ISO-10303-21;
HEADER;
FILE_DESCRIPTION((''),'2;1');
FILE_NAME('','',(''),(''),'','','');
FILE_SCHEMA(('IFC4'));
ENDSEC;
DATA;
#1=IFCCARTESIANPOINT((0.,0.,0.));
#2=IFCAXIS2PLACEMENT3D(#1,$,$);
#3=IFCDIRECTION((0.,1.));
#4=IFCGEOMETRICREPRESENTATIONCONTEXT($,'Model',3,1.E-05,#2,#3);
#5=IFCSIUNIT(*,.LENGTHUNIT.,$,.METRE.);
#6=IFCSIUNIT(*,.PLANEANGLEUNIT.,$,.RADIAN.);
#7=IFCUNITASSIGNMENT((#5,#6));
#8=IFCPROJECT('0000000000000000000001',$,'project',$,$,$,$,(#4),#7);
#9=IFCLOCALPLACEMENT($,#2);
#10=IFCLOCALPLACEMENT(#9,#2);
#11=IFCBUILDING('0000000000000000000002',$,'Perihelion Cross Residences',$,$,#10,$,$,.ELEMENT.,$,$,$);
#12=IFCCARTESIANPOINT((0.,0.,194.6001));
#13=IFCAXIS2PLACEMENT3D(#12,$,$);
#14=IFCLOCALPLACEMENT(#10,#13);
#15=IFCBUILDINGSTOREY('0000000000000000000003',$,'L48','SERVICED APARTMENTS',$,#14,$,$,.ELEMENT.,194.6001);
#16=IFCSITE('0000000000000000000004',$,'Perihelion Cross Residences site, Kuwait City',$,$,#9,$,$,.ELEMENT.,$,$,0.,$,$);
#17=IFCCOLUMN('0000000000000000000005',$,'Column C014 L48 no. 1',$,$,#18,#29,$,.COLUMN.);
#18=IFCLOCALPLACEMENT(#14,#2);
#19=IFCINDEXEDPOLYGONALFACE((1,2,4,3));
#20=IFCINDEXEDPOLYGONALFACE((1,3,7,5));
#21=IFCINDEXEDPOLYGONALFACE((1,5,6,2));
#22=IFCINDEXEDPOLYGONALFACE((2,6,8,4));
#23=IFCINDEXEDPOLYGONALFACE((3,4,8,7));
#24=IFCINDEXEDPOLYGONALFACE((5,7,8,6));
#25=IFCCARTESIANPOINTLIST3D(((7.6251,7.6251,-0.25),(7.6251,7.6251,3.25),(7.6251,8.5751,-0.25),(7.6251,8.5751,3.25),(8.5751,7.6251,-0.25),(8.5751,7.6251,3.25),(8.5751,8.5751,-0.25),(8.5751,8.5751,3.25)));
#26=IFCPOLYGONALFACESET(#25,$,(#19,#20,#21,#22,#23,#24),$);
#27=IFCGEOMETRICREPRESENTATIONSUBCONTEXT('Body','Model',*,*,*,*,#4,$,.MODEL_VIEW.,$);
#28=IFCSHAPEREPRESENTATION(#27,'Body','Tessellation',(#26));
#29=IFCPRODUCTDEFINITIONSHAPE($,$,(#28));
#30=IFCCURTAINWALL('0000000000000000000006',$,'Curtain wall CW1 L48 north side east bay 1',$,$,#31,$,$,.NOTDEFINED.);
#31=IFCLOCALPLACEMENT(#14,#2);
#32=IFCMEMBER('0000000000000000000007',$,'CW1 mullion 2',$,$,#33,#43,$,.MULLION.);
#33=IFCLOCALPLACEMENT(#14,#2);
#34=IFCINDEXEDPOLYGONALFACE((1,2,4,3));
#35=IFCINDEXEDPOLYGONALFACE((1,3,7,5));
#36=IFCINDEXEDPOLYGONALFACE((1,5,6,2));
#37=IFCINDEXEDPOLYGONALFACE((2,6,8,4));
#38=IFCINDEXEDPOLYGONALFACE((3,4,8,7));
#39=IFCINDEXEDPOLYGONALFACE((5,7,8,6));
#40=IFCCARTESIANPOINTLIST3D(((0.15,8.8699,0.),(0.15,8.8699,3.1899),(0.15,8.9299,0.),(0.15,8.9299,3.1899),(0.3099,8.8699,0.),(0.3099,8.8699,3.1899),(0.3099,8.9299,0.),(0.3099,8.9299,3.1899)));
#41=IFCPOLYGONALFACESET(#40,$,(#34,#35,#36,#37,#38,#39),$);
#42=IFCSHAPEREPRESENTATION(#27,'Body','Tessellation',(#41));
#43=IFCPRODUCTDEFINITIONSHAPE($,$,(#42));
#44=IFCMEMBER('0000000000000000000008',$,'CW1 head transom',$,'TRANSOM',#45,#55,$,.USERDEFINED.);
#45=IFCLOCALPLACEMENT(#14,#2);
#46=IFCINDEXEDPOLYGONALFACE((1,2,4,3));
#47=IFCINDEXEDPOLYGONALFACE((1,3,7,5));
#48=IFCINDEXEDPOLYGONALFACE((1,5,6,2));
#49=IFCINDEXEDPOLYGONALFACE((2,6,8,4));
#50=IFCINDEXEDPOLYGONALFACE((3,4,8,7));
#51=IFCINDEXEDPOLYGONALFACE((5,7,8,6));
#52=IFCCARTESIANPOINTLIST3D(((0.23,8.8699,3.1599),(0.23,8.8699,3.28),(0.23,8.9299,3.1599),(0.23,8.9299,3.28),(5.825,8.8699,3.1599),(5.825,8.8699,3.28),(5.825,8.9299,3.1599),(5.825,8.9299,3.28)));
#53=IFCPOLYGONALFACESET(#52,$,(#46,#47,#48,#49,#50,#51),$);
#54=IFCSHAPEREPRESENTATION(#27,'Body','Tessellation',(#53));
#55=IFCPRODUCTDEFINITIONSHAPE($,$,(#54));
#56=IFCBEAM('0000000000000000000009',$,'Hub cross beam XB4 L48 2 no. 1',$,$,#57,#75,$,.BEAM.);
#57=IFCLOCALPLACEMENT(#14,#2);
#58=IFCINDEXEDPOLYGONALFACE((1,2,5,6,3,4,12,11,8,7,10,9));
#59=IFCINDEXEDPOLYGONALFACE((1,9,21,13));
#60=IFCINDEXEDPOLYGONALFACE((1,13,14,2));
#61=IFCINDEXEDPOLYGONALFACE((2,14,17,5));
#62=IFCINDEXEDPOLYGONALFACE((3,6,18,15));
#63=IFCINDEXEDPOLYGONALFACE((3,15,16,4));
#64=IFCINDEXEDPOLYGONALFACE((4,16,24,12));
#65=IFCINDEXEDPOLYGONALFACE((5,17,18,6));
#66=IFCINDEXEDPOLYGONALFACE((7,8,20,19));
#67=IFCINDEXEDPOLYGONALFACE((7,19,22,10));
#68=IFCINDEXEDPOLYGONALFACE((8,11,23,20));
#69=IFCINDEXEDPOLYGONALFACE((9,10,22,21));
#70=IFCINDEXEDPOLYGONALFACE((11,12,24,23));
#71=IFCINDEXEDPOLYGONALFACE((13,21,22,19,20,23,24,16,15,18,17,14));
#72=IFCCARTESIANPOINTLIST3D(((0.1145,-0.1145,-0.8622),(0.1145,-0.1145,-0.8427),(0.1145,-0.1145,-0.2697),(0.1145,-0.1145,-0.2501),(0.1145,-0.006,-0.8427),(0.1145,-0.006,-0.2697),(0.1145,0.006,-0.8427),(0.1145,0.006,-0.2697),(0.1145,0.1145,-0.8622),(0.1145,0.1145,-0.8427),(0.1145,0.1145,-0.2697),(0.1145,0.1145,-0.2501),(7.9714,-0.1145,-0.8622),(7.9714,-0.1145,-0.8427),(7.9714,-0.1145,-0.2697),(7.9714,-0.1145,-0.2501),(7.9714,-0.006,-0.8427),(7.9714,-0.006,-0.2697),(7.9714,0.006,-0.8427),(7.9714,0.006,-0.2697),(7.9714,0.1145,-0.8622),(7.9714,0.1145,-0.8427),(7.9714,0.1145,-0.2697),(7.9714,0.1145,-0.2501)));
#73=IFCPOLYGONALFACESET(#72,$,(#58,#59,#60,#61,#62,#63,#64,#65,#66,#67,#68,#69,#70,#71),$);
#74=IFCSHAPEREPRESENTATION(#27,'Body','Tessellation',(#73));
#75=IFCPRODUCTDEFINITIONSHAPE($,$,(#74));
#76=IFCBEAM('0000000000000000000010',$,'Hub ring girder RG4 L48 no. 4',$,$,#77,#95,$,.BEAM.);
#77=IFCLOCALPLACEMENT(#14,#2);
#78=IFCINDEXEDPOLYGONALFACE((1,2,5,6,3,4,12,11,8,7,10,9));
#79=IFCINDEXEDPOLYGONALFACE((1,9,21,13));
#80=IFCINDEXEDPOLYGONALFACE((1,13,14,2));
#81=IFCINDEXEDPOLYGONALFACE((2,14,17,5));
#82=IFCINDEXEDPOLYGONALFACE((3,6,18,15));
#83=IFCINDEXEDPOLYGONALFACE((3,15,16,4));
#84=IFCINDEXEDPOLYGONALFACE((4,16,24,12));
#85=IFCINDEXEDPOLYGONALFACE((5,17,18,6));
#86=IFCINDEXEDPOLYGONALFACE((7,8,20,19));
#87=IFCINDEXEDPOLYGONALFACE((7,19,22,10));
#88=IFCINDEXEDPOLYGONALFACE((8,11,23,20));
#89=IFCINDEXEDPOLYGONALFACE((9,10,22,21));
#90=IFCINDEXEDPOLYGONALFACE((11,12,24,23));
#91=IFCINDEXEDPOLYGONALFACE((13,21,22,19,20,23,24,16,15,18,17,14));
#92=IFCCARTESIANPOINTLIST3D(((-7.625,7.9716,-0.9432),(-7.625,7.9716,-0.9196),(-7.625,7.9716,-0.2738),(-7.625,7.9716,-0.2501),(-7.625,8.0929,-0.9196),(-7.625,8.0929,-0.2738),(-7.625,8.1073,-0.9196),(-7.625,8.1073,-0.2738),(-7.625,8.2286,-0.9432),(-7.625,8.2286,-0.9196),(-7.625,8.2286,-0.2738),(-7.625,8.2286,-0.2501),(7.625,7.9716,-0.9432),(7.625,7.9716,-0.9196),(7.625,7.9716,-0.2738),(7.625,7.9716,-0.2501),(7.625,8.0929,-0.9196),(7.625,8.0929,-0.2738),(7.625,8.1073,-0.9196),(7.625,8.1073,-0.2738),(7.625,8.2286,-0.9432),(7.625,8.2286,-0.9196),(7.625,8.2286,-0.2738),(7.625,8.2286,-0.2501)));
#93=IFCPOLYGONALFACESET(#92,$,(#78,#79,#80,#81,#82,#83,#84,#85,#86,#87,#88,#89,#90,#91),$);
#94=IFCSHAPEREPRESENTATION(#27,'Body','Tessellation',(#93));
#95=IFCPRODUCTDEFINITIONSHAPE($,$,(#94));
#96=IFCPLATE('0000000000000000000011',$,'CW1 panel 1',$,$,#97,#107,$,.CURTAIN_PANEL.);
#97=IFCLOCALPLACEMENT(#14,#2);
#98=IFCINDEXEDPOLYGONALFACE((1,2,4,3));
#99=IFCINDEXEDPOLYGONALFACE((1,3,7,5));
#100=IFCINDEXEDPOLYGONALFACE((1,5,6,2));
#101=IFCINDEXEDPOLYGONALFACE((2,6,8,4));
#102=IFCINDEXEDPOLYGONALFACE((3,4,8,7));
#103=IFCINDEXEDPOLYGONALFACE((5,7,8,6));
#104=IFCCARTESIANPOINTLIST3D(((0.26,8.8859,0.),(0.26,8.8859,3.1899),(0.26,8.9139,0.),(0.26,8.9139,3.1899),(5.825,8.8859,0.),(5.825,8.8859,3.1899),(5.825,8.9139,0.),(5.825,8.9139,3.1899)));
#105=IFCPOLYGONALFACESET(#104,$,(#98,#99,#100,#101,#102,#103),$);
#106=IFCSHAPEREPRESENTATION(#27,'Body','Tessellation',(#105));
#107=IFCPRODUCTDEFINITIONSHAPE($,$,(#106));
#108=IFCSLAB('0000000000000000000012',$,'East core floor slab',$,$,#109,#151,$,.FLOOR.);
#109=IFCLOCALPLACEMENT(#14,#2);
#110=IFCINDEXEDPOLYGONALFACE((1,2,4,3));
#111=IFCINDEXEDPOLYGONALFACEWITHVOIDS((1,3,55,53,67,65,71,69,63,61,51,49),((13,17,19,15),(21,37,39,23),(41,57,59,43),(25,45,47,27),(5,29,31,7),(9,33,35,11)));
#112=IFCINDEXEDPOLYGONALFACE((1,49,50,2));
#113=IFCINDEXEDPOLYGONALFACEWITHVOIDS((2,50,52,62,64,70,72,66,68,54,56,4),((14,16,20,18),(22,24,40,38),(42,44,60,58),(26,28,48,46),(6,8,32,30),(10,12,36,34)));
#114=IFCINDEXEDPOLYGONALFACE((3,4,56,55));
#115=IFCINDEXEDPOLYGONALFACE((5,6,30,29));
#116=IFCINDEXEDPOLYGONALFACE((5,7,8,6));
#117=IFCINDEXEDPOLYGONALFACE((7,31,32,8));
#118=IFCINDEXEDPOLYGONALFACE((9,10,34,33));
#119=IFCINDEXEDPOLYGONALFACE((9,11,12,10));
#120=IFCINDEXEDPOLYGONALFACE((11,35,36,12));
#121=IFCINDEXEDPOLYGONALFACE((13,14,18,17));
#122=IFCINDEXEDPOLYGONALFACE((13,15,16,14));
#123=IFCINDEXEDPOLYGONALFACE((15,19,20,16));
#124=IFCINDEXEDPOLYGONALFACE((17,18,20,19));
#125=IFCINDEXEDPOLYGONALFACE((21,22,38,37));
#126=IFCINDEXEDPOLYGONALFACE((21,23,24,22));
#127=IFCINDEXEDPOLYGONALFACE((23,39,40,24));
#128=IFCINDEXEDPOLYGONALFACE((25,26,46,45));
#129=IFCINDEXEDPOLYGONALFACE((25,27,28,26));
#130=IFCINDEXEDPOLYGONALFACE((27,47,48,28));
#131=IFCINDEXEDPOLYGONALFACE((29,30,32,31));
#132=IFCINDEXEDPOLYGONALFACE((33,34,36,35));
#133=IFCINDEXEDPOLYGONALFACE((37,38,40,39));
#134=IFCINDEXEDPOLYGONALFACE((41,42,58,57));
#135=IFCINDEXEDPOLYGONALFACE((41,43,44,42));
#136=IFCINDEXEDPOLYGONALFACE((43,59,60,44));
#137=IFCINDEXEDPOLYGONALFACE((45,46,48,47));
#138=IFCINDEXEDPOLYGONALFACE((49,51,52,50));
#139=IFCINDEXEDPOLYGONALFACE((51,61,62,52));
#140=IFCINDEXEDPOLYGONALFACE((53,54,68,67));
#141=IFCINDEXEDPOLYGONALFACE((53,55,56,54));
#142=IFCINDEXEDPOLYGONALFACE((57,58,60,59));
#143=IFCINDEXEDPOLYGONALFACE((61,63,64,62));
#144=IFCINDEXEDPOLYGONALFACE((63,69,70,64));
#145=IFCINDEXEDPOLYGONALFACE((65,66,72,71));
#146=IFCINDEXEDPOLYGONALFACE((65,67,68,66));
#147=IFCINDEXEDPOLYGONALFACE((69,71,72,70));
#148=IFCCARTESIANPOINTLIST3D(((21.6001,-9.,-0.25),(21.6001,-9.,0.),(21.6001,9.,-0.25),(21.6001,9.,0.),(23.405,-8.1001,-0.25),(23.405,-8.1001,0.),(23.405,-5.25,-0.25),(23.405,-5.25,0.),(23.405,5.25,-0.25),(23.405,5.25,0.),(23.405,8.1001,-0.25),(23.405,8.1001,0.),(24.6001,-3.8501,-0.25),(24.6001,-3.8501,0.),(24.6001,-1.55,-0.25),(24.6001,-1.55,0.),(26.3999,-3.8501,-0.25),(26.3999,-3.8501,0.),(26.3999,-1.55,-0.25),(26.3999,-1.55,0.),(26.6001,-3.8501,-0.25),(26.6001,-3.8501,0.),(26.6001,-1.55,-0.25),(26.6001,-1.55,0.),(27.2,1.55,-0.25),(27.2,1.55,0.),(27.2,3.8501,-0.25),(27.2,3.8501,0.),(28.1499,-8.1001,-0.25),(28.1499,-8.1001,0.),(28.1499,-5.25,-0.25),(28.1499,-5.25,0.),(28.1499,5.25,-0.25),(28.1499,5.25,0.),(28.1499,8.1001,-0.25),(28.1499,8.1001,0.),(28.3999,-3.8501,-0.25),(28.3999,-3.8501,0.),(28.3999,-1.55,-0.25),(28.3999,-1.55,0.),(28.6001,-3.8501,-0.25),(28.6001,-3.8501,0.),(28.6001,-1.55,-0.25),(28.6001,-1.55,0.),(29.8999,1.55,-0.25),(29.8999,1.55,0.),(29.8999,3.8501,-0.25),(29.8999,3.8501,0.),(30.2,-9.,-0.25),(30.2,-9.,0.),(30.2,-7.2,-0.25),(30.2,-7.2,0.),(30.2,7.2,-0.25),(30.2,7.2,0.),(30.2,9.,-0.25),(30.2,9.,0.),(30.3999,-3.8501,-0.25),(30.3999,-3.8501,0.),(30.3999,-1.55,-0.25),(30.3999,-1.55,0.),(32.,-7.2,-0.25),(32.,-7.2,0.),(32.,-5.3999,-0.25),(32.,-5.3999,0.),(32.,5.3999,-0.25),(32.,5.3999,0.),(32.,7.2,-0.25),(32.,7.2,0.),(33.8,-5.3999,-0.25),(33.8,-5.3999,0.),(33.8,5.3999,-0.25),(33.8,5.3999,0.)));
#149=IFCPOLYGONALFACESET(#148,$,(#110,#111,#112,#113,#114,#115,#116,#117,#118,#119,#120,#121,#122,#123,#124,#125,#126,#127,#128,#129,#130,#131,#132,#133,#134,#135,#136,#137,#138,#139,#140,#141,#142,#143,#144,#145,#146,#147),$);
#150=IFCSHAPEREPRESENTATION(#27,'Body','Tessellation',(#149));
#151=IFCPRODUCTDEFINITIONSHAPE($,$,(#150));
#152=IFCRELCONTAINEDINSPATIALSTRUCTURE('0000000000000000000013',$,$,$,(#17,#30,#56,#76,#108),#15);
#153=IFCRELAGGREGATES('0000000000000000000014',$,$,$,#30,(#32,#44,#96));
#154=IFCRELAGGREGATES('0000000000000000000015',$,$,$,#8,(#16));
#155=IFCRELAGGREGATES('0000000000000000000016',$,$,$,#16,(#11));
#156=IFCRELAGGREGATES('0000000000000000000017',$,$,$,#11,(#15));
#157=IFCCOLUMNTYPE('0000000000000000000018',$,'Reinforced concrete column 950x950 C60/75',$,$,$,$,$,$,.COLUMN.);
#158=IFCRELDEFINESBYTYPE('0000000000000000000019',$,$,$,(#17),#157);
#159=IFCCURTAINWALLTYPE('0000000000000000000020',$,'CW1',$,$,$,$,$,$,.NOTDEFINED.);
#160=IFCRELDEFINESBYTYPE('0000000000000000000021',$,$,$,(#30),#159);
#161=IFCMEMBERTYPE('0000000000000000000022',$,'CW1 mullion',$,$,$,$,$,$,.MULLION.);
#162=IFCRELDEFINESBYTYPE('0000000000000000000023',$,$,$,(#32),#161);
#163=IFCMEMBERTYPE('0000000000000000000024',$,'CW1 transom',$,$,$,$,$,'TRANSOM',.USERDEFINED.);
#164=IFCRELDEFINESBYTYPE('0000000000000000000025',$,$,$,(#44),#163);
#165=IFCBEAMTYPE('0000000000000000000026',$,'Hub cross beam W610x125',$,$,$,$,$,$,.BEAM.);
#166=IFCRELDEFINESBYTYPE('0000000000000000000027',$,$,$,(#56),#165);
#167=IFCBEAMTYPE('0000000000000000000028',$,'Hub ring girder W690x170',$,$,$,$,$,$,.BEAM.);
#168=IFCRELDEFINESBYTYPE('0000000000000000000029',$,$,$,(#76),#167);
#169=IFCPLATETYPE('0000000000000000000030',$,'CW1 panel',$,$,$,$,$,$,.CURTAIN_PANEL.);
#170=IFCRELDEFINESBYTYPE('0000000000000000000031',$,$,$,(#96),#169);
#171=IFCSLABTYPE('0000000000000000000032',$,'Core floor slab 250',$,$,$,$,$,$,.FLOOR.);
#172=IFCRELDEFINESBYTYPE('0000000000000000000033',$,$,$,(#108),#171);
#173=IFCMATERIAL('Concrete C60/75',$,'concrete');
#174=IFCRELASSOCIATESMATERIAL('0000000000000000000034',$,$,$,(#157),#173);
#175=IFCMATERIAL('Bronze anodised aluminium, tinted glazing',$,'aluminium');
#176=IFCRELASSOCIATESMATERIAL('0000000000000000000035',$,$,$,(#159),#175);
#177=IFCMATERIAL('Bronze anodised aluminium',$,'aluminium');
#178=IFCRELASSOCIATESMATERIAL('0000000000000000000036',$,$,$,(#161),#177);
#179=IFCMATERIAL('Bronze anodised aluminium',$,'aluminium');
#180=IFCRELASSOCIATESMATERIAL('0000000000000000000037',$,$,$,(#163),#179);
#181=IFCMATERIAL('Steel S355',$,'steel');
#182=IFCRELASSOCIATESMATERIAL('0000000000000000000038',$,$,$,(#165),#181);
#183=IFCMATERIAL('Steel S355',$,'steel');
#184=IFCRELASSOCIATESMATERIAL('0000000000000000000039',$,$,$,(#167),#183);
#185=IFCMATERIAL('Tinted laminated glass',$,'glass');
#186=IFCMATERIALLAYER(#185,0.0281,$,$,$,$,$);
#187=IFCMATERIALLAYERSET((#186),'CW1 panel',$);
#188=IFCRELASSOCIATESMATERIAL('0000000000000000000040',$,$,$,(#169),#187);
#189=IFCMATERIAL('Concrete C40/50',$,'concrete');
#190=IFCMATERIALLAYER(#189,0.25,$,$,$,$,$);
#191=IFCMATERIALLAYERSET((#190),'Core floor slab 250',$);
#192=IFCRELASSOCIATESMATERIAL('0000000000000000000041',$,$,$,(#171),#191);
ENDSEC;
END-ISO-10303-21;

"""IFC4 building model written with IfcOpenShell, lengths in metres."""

from ifc_helpers import new_model, si_unit, direction, frame, origin, origin_2d, place, context, subcontext, project, spatial, polyline, rectangle, i_section, outline, extrude, material, layer, layer_set, material_profile, profile_set, type_object, element, aggregate, save


model = new_model("IFC4")

# Units and contexts
model_context = context("Model", 3, precision=1e-05, world=origin(), true_north=direction((0.0, 1.0)))
body_context = subcontext(model_context, "Body", "Model", "MODEL_VIEW")
ifc_project = project(units=[si_unit("LENGTHUNIT", "METRE"), si_unit("PLANEANGLEUNIT", "RADIAN")], contexts=[model_context])

# Site, building, storey
site_placement = place(None, origin())
site = spatial("IfcSite", under=ifc_project, at=site_placement, Name="Perihelion Cross Residences site, Kuwait City", CompositionType="ELEMENT", RefElevation=0.0)
building_placement = place(site_placement, origin())
building = spatial("IfcBuilding", under=site, at=building_placement, Name="Perihelion Cross Residences", CompositionType="ELEMENT")
storey_placement = place(building_placement, frame((0.0, 0.0, 194.6001)))
storey = spatial("IfcBuildingStorey", under=building, at=storey_placement, Name="L48", Description="SERVICED APARTMENTS", CompositionType="ELEMENT", Elevation=194.6001)

# Column
ifc_material_1 = material(Name="Concrete C60/75", Category="concrete")
ifc_material_profile_1 = material_profile(ifc_material_1, rectangle(XDim=0.95, YDim=0.95, at=origin_2d()), Name="RC 950x950")
ifc_profile_set_1 = profile_set([ifc_material_profile_1], Name="Concrete C60/75")
column_type = type_object("IfcColumnType", Name="Reinforced concrete column 950x950 C60/75", PredefinedType="COLUMN", material=ifc_profile_set_1)
column_placement = place(storey_placement, frame((8.1001, 8.1001, -0.25), z_axis=(0.0, 0.0, 1.0), x_axis=(1.0, 0.0, 0.0)))
element("IfcColumn", 1, at=column_placement, inside=storey, type_object=column_type, Name="Column C014 L48 no. 1", PredefinedType="COLUMN", context=body_context, shape_type="SweptSolid", body=[
    extrude(rectangle(XDim=0.95, YDim=0.95, at=origin_2d()), origin(), (0.0, 0.0, 1.0), 3.5),
])

# Curtain wall, members
ifc_material_2 = material(Name="Bronze anodised aluminium, tinted glazing", Category="aluminium")
curtain_wall_type = type_object("IfcCurtainWallType", Name="CW1", PredefinedType="NOTDEFINED", material=ifc_material_2)
curtain_wall_placement = place(storey_placement, origin())
curtain_wall = element("IfcCurtainWall", 2, at=curtain_wall_placement, inside=storey, type_object=curtain_wall_type, Name="Curtain wall CW1 L48 north side east bay 1", PredefinedType="NOTDEFINED")
ifc_material_3 = material(Name="Bronze anodised aluminium", Category="aluminium")
ifc_material_profile_2 = material_profile(ifc_material_3, rectangle(XDim=0.0601, YDim=0.1599, at=origin_2d()), Name="CW1 mullion")
ifc_profile_set_2 = profile_set([ifc_material_profile_2], Name="Bronze anodised aluminium")
member_type_1 = type_object("IfcMemberType", Name="CW1 mullion", PredefinedType="MULLION", material=ifc_profile_set_2)
member_1_placement = place(storey_placement, frame((0.23, 8.8999, 0.0), z_axis=(0.0, 0.0, 1.0), x_axis=(0.0, -1.0, 0.0)))
member_1 = element("IfcMember", 3, at=member_1_placement, type_object=member_type_1, Name="CW1 mullion 2", PredefinedType="MULLION", context=body_context, shape_type="SweptSolid", body=[
    extrude(rectangle(XDim=0.0601, YDim=0.1599, at=origin_2d()), origin(), (0.0, 0.0, 1.0), 3.1899),
])
ifc_material_4 = material(Name="Bronze anodised aluminium", Category="aluminium")
ifc_material_profile_3 = material_profile(ifc_material_4, rectangle(XDim=0.0601, YDim=0.1201, at=origin_2d()), Name="CW1 transom")
ifc_profile_set_3 = profile_set([ifc_material_profile_3], Name="Bronze anodised aluminium")
member_type_2 = type_object("IfcMemberType", Name="CW1 transom", ElementType="TRANSOM", PredefinedType="USERDEFINED", material=ifc_profile_set_3)
member_2_placement = place(storey_placement, frame((5.825, 8.8999, 3.22), z_axis=(-1.0, 0.0, 0.0), x_axis=(0.0, -1.0, 0.0)))
member_2 = element("IfcMember", 4, at=member_2_placement, type_object=member_type_2, Name="CW1 head transom", ObjectType="TRANSOM", PredefinedType="USERDEFINED", context=body_context, shape_type="SweptSolid", body=[
    extrude(rectangle(XDim=0.0601, YDim=0.1201, at=origin_2d()), origin(), (0.0, 0.0, 1.0), 5.595),
])

# Beams
ifc_material_5 = material(Name="Steel S355", Category="steel")
ifc_material_profile_4 = material_profile(ifc_material_5, i_section(OverallWidth=0.229, OverallDepth=0.6121, WebThickness=0.012, FlangeThickness=0.0195, at=origin_2d()), Name="W610x125")
ifc_profile_set_4 = profile_set([ifc_material_profile_4], Name="Steel S355")
beam_type_1 = type_object("IfcBeamType", Name="Hub cross beam W610x125", PredefinedType="BEAM", material=ifc_profile_set_4)
beam_1_placement = place(storey_placement, frame((0.1145, 0.0, -0.5562), z_axis=(1.0, 0.0, 0.0), x_axis=(0.0, 1.0, 0.0)))
element("IfcBeam", 5, at=beam_1_placement, inside=storey, type_object=beam_type_1, Name="Hub cross beam XB4 L48 2 no. 1", PredefinedType="BEAM", context=body_context, shape_type="SweptSolid", body=[
    extrude(i_section(OverallWidth=0.229, OverallDepth=0.6121, WebThickness=0.012, FlangeThickness=0.0195, at=origin_2d()), origin(), (0.0, 0.0, 1.0), 7.8569),
])
ifc_material_6 = material(Name="Steel S355", Category="steel")
ifc_material_profile_5 = material_profile(ifc_material_6, i_section(OverallWidth=0.2571, OverallDepth=0.6931, WebThickness=0.0144, FlangeThickness=0.0237, at=origin_2d()), Name="W690x170")
ifc_profile_set_5 = profile_set([ifc_material_profile_5], Name="Steel S355")
beam_type_2 = type_object("IfcBeamType", Name="Hub ring girder W690x170", PredefinedType="BEAM", material=ifc_profile_set_5)
beam_2_placement = place(storey_placement, frame((7.625, 8.1001, -0.5967), z_axis=(-1.0, 0.0, 0.0), x_axis=(0.0, -1.0, 0.0)))
element("IfcBeam", 6, at=beam_2_placement, inside=storey, type_object=beam_type_2, Name="Hub ring girder RG4 L48 no. 4", PredefinedType="BEAM", context=body_context, shape_type="SweptSolid", body=[
    extrude(i_section(OverallWidth=0.2571, OverallDepth=0.6931, WebThickness=0.0144, FlangeThickness=0.0237, at=origin_2d()), origin(), (0.0, 0.0, 1.0), 15.25),
])

# Plate
ifc_material_7 = material(Name="Tinted laminated glass", Category="glass")
ifc_layer_1 = layer(ifc_material_7, 0.0281)
ifc_layer_set_1 = layer_set([ifc_layer_1], Name="CW1 panel")
plate_type = type_object("IfcPlateType", Name="CW1 panel", PredefinedType="CURTAIN_PANEL", material=ifc_layer_set_1)
plate_placement = place(storey_placement, frame((3.0425, 8.8999, 0.0), z_axis=(0.0, 0.0, 1.0), x_axis=(-1.0, 0.0, 0.0)))
plate = element("IfcPlate", 7, at=plate_placement, type_object=plate_type, Name="CW1 panel 1", PredefinedType="CURTAIN_PANEL", context=body_context, shape_type="SweptSolid", body=[
    extrude(rectangle(XDim=5.5649, YDim=0.0281, at=origin_2d()), origin(), (0.0, 0.0, 1.0), 3.1899),
])
aggregate(curtain_wall, [member_1, member_2, plate])

# Slab
ifc_material_8 = material(Name="Concrete C40/50", Category="concrete")
ifc_layer_2 = layer(ifc_material_8, 0.25)
ifc_layer_set_2 = layer_set([ifc_layer_2], Name="Core floor slab 250")
slab_type_1 = type_object("IfcSlabType", Name="Core floor slab 250", PredefinedType="FLOOR", material=ifc_layer_set_2)
slab_1_placement = place(storey_placement, frame((0.0, 0.0, -0.25)))
element("IfcSlab", 8, at=slab_1_placement, inside=storey, type_object=slab_type_1, Name="East core floor slab", PredefinedType="FLOOR", context=body_context, shape_type="SweptSolid", body=[
    extrude(outline(polyline([(30.2, 7.2), (32.0, 7.2), (32.0, 5.3999), (33.8, 5.3999), (33.8, -5.3999), (32.0, -5.3999), (32.0, -7.2), (30.2, -7.2), (30.2, -9.0), (21.6001, -9.0), (21.6001, 9.0), (30.2, 9.0), (30.2, 7.2)]), holes=[polyline([(28.1499, -8.1001), (28.1499, -5.25), (23.405, -5.25), (23.405, -8.1001), (28.1499, -8.1001)]), polyline([(24.6001, -1.55), (24.6001, -3.8501), (26.3999, -3.8501), (26.3999, -1.55), (24.6001, -1.55)]), polyline([(26.6001, -1.55), (26.6001, -3.8501), (28.3999, -3.8501), (28.3999, -1.55), (26.6001, -1.55)]), polyline([(28.6001, -3.8501), (30.3999, -3.8501), (30.3999, -1.55), (28.6001, -1.55), (28.6001, -3.8501)]), polyline([(27.2, 3.8501), (27.2, 1.55), (29.8999, 1.55), (29.8999, 3.8501), (27.2, 3.8501)]), polyline([(23.405, 5.25), (28.1499, 5.25), (28.1499, 8.1001), (23.405, 8.1001), (23.405, 5.25)])]), origin(), (0.0, 0.0, 1.0), 0.25),
])

save(model, "model.ifc")
